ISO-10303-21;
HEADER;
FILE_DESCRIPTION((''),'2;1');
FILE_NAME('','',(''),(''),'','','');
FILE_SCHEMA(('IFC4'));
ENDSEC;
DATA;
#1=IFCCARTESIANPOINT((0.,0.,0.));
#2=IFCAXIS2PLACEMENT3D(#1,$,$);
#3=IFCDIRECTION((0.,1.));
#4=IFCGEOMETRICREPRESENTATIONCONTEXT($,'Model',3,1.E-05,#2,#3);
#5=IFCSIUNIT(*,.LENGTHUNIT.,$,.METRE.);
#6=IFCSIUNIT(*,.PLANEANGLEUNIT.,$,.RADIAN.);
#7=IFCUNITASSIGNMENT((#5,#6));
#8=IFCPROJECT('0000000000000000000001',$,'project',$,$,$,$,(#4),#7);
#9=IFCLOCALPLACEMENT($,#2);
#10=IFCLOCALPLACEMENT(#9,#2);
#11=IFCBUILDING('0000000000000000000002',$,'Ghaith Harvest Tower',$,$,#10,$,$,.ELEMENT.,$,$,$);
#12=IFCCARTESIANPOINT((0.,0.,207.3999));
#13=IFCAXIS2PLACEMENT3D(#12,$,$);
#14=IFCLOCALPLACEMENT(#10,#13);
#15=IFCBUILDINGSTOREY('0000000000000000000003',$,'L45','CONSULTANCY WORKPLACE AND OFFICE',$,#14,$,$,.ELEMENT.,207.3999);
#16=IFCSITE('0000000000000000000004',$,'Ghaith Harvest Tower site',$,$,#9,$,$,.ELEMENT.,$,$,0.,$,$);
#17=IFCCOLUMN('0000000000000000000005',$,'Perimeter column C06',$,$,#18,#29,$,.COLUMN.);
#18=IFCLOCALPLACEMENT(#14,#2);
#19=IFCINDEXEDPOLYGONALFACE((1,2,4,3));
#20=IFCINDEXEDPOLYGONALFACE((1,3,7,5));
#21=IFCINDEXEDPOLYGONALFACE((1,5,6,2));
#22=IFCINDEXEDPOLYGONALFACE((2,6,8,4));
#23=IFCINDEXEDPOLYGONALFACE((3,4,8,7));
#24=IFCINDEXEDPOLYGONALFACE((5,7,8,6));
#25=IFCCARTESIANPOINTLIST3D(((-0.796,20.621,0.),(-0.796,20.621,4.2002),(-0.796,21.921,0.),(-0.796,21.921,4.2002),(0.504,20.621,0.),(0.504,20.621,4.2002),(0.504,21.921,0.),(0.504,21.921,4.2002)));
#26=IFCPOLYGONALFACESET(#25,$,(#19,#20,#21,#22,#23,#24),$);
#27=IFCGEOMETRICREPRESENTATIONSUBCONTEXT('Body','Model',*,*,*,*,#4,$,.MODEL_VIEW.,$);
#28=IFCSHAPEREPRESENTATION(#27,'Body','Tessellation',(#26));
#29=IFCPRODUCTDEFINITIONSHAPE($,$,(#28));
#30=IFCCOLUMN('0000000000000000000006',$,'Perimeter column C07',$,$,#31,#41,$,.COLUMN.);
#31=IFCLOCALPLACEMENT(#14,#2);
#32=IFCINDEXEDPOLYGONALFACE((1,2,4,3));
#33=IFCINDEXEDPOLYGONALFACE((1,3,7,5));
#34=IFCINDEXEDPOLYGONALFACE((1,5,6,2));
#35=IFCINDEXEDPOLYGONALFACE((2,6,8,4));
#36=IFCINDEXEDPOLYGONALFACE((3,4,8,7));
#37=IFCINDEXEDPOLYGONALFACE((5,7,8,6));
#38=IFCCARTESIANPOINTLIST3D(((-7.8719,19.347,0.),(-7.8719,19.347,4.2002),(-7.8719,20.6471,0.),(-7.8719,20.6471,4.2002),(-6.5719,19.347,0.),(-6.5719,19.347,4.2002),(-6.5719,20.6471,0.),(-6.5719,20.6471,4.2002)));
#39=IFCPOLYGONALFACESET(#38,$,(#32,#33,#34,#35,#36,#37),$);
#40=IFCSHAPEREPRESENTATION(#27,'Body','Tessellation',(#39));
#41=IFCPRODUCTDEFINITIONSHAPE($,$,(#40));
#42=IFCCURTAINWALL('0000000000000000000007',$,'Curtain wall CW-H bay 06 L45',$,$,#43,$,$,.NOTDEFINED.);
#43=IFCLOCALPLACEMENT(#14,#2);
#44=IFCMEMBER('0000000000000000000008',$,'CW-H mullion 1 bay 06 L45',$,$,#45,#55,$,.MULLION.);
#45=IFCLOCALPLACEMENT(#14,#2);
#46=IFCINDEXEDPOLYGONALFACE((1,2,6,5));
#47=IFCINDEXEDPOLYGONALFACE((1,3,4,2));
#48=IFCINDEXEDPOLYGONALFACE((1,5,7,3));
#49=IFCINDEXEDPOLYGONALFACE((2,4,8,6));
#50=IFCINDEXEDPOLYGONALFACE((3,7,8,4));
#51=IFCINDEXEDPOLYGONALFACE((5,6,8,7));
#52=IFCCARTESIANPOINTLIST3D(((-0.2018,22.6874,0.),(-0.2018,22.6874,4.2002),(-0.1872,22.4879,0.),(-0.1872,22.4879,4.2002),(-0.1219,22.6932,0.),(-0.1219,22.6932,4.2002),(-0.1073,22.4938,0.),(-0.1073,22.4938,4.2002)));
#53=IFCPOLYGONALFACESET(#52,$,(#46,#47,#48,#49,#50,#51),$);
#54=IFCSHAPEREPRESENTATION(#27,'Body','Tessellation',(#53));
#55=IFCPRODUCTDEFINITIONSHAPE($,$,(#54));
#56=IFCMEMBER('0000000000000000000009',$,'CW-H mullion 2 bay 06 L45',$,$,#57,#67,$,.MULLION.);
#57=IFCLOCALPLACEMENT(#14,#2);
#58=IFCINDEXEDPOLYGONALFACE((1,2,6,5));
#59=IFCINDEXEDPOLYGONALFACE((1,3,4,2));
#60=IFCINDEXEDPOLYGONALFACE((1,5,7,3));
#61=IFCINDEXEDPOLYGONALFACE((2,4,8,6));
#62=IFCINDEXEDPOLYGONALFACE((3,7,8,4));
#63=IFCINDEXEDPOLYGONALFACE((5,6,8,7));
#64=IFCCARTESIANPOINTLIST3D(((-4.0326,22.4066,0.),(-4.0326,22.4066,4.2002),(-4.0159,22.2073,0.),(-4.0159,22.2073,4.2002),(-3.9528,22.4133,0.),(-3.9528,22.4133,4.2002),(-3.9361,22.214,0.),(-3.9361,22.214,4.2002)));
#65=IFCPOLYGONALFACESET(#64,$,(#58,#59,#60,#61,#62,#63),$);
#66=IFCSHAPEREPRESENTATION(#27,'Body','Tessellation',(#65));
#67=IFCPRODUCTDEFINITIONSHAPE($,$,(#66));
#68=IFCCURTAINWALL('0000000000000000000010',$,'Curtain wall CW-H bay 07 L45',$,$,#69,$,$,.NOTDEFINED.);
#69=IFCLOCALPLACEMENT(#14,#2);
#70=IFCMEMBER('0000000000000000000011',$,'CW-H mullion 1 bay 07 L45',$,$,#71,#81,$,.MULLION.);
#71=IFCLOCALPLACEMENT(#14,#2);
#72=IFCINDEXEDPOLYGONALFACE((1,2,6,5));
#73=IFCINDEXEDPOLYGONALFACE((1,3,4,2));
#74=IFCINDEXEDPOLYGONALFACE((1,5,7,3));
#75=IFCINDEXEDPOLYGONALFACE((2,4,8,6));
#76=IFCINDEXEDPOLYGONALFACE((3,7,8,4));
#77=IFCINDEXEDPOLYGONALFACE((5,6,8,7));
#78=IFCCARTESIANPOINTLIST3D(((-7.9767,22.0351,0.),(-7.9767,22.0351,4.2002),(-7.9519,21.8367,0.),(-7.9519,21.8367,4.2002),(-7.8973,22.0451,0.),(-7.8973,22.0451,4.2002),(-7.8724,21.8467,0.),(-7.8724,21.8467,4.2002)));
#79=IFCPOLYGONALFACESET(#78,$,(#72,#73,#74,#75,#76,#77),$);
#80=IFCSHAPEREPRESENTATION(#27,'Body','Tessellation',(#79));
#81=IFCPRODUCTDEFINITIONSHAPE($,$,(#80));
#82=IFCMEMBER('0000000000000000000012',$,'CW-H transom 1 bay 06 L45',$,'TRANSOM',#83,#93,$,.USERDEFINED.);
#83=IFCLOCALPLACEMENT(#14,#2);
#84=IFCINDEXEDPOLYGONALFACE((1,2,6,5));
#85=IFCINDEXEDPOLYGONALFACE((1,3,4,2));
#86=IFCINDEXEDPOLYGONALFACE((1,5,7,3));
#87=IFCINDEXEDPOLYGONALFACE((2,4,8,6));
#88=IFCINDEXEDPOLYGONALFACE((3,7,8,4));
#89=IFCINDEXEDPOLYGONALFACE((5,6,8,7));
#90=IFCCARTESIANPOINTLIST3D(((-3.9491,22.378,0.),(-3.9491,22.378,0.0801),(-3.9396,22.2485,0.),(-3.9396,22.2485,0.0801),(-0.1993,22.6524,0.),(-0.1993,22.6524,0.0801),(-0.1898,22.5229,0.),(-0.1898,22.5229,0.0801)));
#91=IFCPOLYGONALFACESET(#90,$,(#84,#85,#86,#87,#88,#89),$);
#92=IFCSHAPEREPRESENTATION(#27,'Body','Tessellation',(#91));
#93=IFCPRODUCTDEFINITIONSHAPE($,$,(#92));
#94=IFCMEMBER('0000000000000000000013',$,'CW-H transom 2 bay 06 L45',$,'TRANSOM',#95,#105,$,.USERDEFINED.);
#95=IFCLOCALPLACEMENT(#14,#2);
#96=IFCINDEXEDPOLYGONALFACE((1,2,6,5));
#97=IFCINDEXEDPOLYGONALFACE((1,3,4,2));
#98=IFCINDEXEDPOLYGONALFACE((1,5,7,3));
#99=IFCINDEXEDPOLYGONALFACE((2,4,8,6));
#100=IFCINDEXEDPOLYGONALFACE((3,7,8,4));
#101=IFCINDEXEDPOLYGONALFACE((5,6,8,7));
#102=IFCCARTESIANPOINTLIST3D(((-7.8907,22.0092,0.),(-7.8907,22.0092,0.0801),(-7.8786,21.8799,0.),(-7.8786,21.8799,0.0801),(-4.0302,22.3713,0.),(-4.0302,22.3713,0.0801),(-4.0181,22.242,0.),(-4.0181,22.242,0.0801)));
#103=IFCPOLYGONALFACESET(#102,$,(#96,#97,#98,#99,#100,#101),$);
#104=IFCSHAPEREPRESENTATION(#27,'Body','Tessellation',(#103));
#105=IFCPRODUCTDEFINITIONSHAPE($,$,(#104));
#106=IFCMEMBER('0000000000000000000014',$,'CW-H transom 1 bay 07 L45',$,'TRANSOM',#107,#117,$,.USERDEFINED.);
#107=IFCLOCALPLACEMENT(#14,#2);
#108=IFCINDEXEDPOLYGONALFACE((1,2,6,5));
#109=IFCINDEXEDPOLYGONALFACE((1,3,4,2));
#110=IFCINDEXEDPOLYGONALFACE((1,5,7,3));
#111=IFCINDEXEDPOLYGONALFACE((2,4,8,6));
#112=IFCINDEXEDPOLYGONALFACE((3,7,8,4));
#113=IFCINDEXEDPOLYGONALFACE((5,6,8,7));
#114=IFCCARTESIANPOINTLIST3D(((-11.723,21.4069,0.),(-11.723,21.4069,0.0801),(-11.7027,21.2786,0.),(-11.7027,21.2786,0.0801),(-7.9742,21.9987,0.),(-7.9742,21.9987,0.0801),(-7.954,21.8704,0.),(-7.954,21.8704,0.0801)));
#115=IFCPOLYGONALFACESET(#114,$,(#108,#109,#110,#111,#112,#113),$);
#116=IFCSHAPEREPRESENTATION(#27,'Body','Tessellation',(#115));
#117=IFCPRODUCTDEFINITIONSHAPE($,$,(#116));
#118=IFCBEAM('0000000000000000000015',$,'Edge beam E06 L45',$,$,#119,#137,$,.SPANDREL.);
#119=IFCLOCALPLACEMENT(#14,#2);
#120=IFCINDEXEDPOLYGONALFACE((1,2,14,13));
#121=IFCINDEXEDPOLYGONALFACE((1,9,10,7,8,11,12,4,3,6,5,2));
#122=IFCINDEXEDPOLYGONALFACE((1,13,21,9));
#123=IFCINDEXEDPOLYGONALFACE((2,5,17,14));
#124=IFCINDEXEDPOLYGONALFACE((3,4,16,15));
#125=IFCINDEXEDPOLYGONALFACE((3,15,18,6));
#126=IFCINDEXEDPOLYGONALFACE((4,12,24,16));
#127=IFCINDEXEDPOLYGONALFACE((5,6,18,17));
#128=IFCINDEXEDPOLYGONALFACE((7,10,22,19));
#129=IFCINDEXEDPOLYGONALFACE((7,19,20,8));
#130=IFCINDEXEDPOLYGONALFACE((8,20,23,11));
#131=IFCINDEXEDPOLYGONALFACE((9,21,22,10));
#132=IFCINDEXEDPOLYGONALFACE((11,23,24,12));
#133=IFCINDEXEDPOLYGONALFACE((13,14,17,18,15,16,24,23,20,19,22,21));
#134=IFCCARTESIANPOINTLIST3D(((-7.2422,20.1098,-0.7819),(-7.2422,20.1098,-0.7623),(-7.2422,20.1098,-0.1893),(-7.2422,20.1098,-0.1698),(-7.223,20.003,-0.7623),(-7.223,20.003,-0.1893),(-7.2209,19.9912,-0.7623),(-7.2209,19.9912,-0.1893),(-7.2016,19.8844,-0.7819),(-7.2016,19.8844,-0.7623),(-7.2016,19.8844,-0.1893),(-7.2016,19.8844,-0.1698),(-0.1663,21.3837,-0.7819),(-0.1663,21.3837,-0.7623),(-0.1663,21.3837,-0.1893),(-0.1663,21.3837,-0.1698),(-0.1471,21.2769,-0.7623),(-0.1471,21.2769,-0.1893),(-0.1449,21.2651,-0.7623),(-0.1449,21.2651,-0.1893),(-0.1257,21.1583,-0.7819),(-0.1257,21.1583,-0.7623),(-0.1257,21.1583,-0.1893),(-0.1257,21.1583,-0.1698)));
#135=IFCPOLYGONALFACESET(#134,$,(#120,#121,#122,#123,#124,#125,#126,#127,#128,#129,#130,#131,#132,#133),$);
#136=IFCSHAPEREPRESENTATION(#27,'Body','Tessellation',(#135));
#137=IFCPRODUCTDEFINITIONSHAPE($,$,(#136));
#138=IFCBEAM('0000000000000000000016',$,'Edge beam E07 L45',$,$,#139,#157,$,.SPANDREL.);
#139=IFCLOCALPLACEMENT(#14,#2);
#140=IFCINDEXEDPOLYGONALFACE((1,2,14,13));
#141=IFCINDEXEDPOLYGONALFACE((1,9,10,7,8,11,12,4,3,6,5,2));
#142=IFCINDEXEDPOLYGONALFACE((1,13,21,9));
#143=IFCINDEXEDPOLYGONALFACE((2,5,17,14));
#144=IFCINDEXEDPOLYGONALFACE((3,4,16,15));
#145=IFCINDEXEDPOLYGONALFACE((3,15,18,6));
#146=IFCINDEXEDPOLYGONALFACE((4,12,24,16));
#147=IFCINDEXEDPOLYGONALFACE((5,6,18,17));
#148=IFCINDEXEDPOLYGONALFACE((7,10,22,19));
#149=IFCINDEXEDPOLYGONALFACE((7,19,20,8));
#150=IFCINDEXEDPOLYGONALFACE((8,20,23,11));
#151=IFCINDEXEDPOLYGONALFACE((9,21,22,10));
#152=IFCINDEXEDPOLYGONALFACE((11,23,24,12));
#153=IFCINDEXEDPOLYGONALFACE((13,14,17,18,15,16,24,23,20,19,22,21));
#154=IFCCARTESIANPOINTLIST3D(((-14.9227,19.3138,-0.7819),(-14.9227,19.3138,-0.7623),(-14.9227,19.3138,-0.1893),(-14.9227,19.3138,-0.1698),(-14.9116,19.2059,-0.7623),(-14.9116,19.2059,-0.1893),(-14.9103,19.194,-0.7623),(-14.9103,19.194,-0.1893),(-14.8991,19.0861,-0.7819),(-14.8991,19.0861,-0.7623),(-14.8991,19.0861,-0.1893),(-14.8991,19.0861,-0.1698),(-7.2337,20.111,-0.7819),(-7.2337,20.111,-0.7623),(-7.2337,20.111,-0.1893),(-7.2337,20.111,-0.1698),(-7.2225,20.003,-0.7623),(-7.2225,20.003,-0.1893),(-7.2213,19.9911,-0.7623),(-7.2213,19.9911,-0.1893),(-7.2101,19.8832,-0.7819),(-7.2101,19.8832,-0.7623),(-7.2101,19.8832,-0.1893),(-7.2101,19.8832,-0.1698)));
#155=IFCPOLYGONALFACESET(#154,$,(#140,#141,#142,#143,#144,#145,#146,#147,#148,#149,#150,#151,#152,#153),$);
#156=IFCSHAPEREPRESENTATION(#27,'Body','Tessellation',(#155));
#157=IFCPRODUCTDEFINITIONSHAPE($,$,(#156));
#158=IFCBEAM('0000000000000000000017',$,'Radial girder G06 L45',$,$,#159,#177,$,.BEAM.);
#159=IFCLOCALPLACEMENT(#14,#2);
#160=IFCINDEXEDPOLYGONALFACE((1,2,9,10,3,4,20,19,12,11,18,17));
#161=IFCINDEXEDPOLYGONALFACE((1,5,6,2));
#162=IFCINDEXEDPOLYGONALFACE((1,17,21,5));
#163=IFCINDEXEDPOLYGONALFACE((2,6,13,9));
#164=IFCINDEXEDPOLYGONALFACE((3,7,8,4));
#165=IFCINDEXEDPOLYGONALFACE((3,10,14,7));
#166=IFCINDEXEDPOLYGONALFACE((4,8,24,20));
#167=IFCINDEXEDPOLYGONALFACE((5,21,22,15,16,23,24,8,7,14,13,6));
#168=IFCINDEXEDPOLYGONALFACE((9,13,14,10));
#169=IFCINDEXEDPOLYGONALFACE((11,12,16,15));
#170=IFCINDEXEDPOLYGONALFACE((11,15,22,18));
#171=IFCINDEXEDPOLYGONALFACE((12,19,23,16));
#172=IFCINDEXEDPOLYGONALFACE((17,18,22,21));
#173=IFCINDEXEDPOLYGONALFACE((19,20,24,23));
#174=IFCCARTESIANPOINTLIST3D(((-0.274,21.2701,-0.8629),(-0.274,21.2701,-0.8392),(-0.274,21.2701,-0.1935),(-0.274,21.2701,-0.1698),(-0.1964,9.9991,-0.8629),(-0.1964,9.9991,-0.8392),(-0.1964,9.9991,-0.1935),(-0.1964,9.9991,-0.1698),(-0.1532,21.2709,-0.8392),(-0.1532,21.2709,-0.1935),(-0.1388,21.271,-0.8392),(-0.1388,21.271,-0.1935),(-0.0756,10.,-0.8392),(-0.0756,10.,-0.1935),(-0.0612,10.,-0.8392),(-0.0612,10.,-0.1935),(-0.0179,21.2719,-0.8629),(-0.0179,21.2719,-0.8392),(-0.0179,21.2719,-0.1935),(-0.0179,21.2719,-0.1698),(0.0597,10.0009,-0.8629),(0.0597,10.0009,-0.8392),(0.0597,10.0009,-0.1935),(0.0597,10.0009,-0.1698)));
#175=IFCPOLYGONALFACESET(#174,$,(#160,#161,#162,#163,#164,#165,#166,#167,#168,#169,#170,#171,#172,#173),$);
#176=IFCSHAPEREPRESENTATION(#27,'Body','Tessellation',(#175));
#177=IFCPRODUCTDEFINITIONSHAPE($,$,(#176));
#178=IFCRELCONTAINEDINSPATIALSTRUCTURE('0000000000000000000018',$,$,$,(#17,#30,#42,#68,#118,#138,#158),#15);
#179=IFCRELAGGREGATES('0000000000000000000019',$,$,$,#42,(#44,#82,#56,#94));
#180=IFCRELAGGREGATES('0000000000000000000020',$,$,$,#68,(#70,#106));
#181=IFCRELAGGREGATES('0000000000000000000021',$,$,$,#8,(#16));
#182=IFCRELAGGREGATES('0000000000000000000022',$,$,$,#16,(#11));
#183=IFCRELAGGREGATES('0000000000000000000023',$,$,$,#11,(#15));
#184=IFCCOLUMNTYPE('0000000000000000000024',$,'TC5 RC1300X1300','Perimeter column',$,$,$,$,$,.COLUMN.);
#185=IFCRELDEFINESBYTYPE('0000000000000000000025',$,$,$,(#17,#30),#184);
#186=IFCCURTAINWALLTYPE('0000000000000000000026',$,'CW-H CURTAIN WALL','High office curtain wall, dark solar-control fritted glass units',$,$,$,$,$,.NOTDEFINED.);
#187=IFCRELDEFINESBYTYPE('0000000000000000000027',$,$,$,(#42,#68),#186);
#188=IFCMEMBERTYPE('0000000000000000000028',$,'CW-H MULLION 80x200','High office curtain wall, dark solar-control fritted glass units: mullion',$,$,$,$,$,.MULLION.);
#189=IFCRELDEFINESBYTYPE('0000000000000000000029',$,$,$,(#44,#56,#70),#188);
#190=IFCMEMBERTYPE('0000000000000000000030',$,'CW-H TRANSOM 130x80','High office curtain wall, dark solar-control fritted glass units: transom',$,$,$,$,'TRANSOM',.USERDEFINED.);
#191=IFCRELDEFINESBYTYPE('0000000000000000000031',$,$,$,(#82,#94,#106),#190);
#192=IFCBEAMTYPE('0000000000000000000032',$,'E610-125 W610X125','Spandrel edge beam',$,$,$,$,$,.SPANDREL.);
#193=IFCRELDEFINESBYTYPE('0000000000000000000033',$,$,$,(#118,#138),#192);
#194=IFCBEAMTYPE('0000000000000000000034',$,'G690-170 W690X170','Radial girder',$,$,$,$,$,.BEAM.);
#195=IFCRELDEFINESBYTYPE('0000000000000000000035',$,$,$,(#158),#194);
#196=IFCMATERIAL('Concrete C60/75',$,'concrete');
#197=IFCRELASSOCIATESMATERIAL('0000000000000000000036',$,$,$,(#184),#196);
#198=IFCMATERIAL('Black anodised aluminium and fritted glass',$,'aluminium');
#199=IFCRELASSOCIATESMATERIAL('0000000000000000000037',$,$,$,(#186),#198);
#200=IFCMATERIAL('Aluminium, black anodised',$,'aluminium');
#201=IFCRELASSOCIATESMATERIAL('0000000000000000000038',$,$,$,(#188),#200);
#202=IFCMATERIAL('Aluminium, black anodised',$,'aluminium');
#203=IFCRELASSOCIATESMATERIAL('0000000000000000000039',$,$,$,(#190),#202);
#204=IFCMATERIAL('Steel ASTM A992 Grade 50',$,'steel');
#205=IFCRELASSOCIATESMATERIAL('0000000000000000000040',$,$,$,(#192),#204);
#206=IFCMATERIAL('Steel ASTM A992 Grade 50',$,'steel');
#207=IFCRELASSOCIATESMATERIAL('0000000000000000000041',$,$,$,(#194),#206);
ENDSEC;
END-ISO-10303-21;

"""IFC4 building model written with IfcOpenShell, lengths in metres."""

from ifc_helpers import new_model, si_unit, direction, frame, origin, origin_2d, place, context, subcontext, project, spatial, rectangle, i_section, extrude, material, material_profile, profile_set, type_object, element, aggregate, save


model = new_model("IFC4")

# Units and contexts
model_context = context("Model", 3, precision=1e-05, world=origin(), true_north=direction((0.0, 1.0)))
body_context = subcontext(model_context, "Body", "Model", "MODEL_VIEW")
ifc_project = project(units=[si_unit("LENGTHUNIT", "METRE"), si_unit("PLANEANGLEUNIT", "RADIAN")], contexts=[model_context])

# Site, building, storey
site_placement = place(None, origin())
site = spatial("IfcSite", under=ifc_project, at=site_placement, Name="Ghaith Harvest Tower site", CompositionType="ELEMENT", RefElevation=0.0)
building_placement = place(site_placement, origin())
building = spatial("IfcBuilding", under=site, at=building_placement, Name="Ghaith Harvest Tower", CompositionType="ELEMENT")
storey_placement = place(building_placement, frame((0.0, 0.0, 207.3999)))
storey = spatial("IfcBuildingStorey", under=building, at=storey_placement, Name="L45", Description="CONSULTANCY WORKPLACE AND OFFICE", CompositionType="ELEMENT", Elevation=207.3999)

# Columns
ifc_material_1 = material(Name="Concrete C60/75", Category="concrete")
ifc_material_profile_1 = material_profile(ifc_material_1, rectangle(XDim=1.3, YDim=1.3, at=origin_2d()), Name="RC1300X1300")
ifc_profile_set_1 = profile_set([ifc_material_profile_1], Name="Concrete C60/75")
column_type = type_object("IfcColumnType", Name="TC5 RC1300X1300", Description="Perimeter column", PredefinedType="COLUMN", material=ifc_profile_set_1)
for number, where, z_axis, x_axis, name in (
    (1, (-0.146, 21.271, 0.0), (0.0, 0.0, 1.0), (1.0, 0.0, 0.0), "Perimeter column C06"),
    (2, (-7.2219, 19.9971, 0.0), (0.0, 0.0, 1.0), (1.0, 0.0, 0.0), "Perimeter column C07"),
):
    element("IfcColumn", number, at=place(storey_placement, frame(where, z_axis=z_axis, x_axis=x_axis)), inside=storey, type_object=column_type, Name=name, PredefinedType="COLUMN", context=body_context, shape_type="SweptSolid", body=[
        extrude(rectangle(XDim=1.3, YDim=1.3, at=origin_2d()), origin(), (0.0, 0.0, 1.0), 4.2002),
    ])

# Curtain wall, members
ifc_material_2 = material(Name="Black anodised aluminium and fritted glass", Category="aluminium")
curtain_wall_type = type_object("IfcCurtainWallType", Name="CW-H CURTAIN WALL", Description="High office curtain wall, dark solar-control fritted glass units", PredefinedType="NOTDEFINED", material=ifc_material_2)
curtain_wall_1_placement = place(storey_placement, origin())
curtain_wall_1 = element("IfcCurtainWall", 3, at=curtain_wall_1_placement, inside=storey, type_object=curtain_wall_type, Name="Curtain wall CW-H bay 06 L45", PredefinedType="NOTDEFINED")
ifc_material_3 = material(Name="Aluminium, black anodised", Category="aluminium")
ifc_material_profile_2 = material_profile(ifc_material_3, rectangle(XDim=0.0801, YDim=0.2, at=origin_2d()), Name="CW-H MULLION 80x200")
ifc_profile_set_2 = profile_set([ifc_material_profile_2], Name="Aluminium, black anodised")
member_type_1 = type_object("IfcMemberType", Name="CW-H MULLION 80x200", Description="High office curtain wall, dark solar-control fritted glass units: mullion", PredefinedType="MULLION", material=ifc_profile_set_2)
member_1_placement = place(storey_placement, frame((-0.1545, 22.5906, 0.0), z_axis=(0.0, 0.0, 1.0), x_axis=(-0.997329, -0.073037, 0.0)))
member_1 = element("IfcMember", 4, at=member_1_placement, type_object=member_type_1, Name="CW-H mullion 1 bay 06 L45", PredefinedType="MULLION", context=body_context, shape_type="SweptSolid", body=[
    extrude(rectangle(XDim=0.0801, YDim=0.2, at=origin_2d()), origin(), (0.0, 0.0, 1.0), 4.2002),
])
member_2_placement = place(storey_placement, frame((-3.9844, 22.3103, 0.0), z_axis=(0.0, 0.0, 1.0), x_axis=(-0.996523, -0.083324, 0.0)))
member_2 = element("IfcMember", 5, at=member_2_placement, type_object=member_type_1, Name="CW-H mullion 2 bay 06 L45", PredefinedType="MULLION", context=body_context, shape_type="SweptSolid", body=[
    extrude(rectangle(XDim=0.0801, YDim=0.2, at=origin_2d()), origin(), (0.0, 0.0, 1.0), 4.2002),
])

# Curtain wall, member
curtain_wall_2_placement = place(storey_placement, origin())
curtain_wall_2 = element("IfcCurtainWall", 6, at=curtain_wall_2_placement, inside=storey, type_object=curtain_wall_type, Name="Curtain wall CW-H bay 07 L45", PredefinedType="NOTDEFINED")
member_3_placement = place(storey_placement, frame((-7.9246, 21.9409, 0.0), z_axis=(0.0, 0.0, 1.0), x_axis=(-0.992235, -0.124373, 0.0)))
member_3 = element("IfcMember", 7, at=member_3_placement, type_object=member_type_1, Name="CW-H mullion 1 bay 07 L45", PredefinedType="MULLION", context=body_context, shape_type="SweptSolid", body=[
    extrude(rectangle(XDim=0.0801, YDim=0.2, at=origin_2d()), origin(), (0.0, 0.0, 1.0), 4.2002),
])

# Members
ifc_material_4 = material(Name="Aluminium, black anodised", Category="aluminium")
ifc_material_profile_3 = material_profile(ifc_material_4, rectangle(XDim=0.1299, YDim=0.0801, at=origin_2d()), Name="CW-H TRANSOM 130x80")
ifc_profile_set_3 = profile_set([ifc_material_profile_3], Name="Aluminium, black anodised")
member_type_2 = type_object("IfcMemberType", Name="CW-H TRANSOM 130x80", Description="High office curtain wall, dark solar-control fritted glass units: transom", ElementType="TRANSOM", PredefinedType="USERDEFINED", material=ifc_profile_set_3)
member_4_placement = place(storey_placement, frame((-0.1946, 22.5876, 0.04), z_axis=(-0.997333, -0.072987, 0.0), x_axis=(0.072987, -0.997333, 0.0)))
member_4 = element("IfcMember", 8, at=member_4_placement, type_object=member_type_2, Name="CW-H transom 1 bay 06 L45", ObjectType="TRANSOM", PredefinedType="USERDEFINED", context=body_context, shape_type="SweptSolid", body=[
    extrude(rectangle(XDim=0.1299, YDim=0.0801, at=origin_2d()), origin(), (0.0, 0.0, 1.0), 3.7598),
])
member_5_placement = place(storey_placement, frame((-4.0242, 22.3066, 0.04), z_axis=(-0.995631, -0.093374, 0.0), x_axis=(0.093374, -0.995631, 0.0)))
member_5 = element("IfcMember", 9, at=member_5_placement, type_object=member_type_2, Name="CW-H transom 2 bay 06 L45", ObjectType="TRANSOM", PredefinedType="USERDEFINED", context=body_context, shape_type="SweptSolid", body=[
    extrude(rectangle(XDim=0.1299, YDim=0.0801, at=origin_2d()), origin(), (0.0, 0.0, 1.0), 3.8774),
])
member_6_placement = place(storey_placement, frame((-7.9641, 21.9346, 0.04), z_axis=(-0.987768, -0.155933, 0.0), x_axis=(0.155933, -0.987768, 0.0)))
member_6 = element("IfcMember", 10, at=member_6_placement, type_object=member_type_2, Name="CW-H transom 1 bay 07 L45", ObjectType="TRANSOM", PredefinedType="USERDEFINED", context=body_context, shape_type="SweptSolid", body=[
    extrude(rectangle(XDim=0.1299, YDim=0.0801, at=origin_2d()), origin(), (0.0, 0.0, 1.0), 3.7952),
])

# Beams
ifc_material_5 = material(Name="Steel ASTM A992 Grade 50", Category="steel")
ifc_material_profile_4 = material_profile(ifc_material_5, i_section(OverallWidth=0.229, OverallDepth=0.6121, WebThickness=0.012, FlangeThickness=0.0195, at=origin_2d()), Name="W610X125")
ifc_profile_set_4 = profile_set([ifc_material_profile_4], Name="Steel ASTM A992 Grade 50")
beam_type_1 = type_object("IfcBeamType", Name="E610-125 W610X125", Description="Spandrel edge beam", PredefinedType="SPANDREL", material=ifc_profile_set_4)
beam_1_placement = place(storey_placement, frame((-0.146, 21.271, -0.4758), z_axis=(-0.984177, -0.177188, 0.0), x_axis=(0.177188, -0.984177, 0.0)))
element("IfcBeam", 11, at=beam_1_placement, inside=storey, type_object=beam_type_1, Name="Edge beam E06 L45", PredefinedType="SPANDREL", context=body_context, shape_type="SweptSolid", body=[
    extrude(i_section(OverallWidth=0.229, OverallDepth=0.6121, WebThickness=0.012, FlangeThickness=0.0195, at=origin_2d()), origin(), (0.0, 0.0, 1.0), 7.1897),
])
beam_2_placement = place(storey_placement, frame((-7.2219, 19.9971, -0.4758), z_axis=(-0.994669, -0.103118, 0.0), x_axis=(0.103118, -0.994669, 0.0)))
element("IfcBeam", 12, at=beam_2_placement, inside=storey, type_object=beam_type_1, Name="Edge beam E07 L45", PredefinedType="SPANDREL", context=body_context, shape_type="SweptSolid", body=[
    extrude(i_section(OverallWidth=0.229, OverallDepth=0.6121, WebThickness=0.012, FlangeThickness=0.0195, at=origin_2d()), origin(), (0.0, 0.0, 1.0), 7.7302),
])
ifc_material_6 = material(Name="Steel ASTM A992 Grade 50", Category="steel")
ifc_material_profile_5 = material_profile(ifc_material_6, i_section(OverallWidth=0.2561, OverallDepth=0.6931, WebThickness=0.0144, FlangeThickness=0.0237, at=origin_2d()), Name="W690X170")
ifc_profile_set_5 = profile_set([ifc_material_profile_5], Name="Steel ASTM A992 Grade 50")
beam_type_2 = type_object("IfcBeamType", Name="G690-170 W690X170", Description="Radial girder", PredefinedType="BEAM", material=ifc_profile_set_5)
beam_3_placement = place(storey_placement, frame((-0.0684, 10.0, -0.5164), z_axis=(-0.006888, 0.999976, 0.0), x_axis=(-0.999976, -0.006888, 0.0)))
element("IfcBeam", 13, at=beam_3_placement, inside=storey, type_object=beam_type_2, Name="Radial girder G06 L45", PredefinedType="BEAM", context=body_context, shape_type="SweptSolid", body=[
    extrude(i_section(OverallWidth=0.2561, OverallDepth=0.6931, WebThickness=0.0144, FlangeThickness=0.0237, at=origin_2d()), origin(), (0.0, 0.0, 1.0), 11.2712),
])

aggregate(curtain_wall_1, [member_1, member_4, member_2, member_5])
aggregate(curtain_wall_2, [member_3, member_6])

save(model, "model.ifc")
